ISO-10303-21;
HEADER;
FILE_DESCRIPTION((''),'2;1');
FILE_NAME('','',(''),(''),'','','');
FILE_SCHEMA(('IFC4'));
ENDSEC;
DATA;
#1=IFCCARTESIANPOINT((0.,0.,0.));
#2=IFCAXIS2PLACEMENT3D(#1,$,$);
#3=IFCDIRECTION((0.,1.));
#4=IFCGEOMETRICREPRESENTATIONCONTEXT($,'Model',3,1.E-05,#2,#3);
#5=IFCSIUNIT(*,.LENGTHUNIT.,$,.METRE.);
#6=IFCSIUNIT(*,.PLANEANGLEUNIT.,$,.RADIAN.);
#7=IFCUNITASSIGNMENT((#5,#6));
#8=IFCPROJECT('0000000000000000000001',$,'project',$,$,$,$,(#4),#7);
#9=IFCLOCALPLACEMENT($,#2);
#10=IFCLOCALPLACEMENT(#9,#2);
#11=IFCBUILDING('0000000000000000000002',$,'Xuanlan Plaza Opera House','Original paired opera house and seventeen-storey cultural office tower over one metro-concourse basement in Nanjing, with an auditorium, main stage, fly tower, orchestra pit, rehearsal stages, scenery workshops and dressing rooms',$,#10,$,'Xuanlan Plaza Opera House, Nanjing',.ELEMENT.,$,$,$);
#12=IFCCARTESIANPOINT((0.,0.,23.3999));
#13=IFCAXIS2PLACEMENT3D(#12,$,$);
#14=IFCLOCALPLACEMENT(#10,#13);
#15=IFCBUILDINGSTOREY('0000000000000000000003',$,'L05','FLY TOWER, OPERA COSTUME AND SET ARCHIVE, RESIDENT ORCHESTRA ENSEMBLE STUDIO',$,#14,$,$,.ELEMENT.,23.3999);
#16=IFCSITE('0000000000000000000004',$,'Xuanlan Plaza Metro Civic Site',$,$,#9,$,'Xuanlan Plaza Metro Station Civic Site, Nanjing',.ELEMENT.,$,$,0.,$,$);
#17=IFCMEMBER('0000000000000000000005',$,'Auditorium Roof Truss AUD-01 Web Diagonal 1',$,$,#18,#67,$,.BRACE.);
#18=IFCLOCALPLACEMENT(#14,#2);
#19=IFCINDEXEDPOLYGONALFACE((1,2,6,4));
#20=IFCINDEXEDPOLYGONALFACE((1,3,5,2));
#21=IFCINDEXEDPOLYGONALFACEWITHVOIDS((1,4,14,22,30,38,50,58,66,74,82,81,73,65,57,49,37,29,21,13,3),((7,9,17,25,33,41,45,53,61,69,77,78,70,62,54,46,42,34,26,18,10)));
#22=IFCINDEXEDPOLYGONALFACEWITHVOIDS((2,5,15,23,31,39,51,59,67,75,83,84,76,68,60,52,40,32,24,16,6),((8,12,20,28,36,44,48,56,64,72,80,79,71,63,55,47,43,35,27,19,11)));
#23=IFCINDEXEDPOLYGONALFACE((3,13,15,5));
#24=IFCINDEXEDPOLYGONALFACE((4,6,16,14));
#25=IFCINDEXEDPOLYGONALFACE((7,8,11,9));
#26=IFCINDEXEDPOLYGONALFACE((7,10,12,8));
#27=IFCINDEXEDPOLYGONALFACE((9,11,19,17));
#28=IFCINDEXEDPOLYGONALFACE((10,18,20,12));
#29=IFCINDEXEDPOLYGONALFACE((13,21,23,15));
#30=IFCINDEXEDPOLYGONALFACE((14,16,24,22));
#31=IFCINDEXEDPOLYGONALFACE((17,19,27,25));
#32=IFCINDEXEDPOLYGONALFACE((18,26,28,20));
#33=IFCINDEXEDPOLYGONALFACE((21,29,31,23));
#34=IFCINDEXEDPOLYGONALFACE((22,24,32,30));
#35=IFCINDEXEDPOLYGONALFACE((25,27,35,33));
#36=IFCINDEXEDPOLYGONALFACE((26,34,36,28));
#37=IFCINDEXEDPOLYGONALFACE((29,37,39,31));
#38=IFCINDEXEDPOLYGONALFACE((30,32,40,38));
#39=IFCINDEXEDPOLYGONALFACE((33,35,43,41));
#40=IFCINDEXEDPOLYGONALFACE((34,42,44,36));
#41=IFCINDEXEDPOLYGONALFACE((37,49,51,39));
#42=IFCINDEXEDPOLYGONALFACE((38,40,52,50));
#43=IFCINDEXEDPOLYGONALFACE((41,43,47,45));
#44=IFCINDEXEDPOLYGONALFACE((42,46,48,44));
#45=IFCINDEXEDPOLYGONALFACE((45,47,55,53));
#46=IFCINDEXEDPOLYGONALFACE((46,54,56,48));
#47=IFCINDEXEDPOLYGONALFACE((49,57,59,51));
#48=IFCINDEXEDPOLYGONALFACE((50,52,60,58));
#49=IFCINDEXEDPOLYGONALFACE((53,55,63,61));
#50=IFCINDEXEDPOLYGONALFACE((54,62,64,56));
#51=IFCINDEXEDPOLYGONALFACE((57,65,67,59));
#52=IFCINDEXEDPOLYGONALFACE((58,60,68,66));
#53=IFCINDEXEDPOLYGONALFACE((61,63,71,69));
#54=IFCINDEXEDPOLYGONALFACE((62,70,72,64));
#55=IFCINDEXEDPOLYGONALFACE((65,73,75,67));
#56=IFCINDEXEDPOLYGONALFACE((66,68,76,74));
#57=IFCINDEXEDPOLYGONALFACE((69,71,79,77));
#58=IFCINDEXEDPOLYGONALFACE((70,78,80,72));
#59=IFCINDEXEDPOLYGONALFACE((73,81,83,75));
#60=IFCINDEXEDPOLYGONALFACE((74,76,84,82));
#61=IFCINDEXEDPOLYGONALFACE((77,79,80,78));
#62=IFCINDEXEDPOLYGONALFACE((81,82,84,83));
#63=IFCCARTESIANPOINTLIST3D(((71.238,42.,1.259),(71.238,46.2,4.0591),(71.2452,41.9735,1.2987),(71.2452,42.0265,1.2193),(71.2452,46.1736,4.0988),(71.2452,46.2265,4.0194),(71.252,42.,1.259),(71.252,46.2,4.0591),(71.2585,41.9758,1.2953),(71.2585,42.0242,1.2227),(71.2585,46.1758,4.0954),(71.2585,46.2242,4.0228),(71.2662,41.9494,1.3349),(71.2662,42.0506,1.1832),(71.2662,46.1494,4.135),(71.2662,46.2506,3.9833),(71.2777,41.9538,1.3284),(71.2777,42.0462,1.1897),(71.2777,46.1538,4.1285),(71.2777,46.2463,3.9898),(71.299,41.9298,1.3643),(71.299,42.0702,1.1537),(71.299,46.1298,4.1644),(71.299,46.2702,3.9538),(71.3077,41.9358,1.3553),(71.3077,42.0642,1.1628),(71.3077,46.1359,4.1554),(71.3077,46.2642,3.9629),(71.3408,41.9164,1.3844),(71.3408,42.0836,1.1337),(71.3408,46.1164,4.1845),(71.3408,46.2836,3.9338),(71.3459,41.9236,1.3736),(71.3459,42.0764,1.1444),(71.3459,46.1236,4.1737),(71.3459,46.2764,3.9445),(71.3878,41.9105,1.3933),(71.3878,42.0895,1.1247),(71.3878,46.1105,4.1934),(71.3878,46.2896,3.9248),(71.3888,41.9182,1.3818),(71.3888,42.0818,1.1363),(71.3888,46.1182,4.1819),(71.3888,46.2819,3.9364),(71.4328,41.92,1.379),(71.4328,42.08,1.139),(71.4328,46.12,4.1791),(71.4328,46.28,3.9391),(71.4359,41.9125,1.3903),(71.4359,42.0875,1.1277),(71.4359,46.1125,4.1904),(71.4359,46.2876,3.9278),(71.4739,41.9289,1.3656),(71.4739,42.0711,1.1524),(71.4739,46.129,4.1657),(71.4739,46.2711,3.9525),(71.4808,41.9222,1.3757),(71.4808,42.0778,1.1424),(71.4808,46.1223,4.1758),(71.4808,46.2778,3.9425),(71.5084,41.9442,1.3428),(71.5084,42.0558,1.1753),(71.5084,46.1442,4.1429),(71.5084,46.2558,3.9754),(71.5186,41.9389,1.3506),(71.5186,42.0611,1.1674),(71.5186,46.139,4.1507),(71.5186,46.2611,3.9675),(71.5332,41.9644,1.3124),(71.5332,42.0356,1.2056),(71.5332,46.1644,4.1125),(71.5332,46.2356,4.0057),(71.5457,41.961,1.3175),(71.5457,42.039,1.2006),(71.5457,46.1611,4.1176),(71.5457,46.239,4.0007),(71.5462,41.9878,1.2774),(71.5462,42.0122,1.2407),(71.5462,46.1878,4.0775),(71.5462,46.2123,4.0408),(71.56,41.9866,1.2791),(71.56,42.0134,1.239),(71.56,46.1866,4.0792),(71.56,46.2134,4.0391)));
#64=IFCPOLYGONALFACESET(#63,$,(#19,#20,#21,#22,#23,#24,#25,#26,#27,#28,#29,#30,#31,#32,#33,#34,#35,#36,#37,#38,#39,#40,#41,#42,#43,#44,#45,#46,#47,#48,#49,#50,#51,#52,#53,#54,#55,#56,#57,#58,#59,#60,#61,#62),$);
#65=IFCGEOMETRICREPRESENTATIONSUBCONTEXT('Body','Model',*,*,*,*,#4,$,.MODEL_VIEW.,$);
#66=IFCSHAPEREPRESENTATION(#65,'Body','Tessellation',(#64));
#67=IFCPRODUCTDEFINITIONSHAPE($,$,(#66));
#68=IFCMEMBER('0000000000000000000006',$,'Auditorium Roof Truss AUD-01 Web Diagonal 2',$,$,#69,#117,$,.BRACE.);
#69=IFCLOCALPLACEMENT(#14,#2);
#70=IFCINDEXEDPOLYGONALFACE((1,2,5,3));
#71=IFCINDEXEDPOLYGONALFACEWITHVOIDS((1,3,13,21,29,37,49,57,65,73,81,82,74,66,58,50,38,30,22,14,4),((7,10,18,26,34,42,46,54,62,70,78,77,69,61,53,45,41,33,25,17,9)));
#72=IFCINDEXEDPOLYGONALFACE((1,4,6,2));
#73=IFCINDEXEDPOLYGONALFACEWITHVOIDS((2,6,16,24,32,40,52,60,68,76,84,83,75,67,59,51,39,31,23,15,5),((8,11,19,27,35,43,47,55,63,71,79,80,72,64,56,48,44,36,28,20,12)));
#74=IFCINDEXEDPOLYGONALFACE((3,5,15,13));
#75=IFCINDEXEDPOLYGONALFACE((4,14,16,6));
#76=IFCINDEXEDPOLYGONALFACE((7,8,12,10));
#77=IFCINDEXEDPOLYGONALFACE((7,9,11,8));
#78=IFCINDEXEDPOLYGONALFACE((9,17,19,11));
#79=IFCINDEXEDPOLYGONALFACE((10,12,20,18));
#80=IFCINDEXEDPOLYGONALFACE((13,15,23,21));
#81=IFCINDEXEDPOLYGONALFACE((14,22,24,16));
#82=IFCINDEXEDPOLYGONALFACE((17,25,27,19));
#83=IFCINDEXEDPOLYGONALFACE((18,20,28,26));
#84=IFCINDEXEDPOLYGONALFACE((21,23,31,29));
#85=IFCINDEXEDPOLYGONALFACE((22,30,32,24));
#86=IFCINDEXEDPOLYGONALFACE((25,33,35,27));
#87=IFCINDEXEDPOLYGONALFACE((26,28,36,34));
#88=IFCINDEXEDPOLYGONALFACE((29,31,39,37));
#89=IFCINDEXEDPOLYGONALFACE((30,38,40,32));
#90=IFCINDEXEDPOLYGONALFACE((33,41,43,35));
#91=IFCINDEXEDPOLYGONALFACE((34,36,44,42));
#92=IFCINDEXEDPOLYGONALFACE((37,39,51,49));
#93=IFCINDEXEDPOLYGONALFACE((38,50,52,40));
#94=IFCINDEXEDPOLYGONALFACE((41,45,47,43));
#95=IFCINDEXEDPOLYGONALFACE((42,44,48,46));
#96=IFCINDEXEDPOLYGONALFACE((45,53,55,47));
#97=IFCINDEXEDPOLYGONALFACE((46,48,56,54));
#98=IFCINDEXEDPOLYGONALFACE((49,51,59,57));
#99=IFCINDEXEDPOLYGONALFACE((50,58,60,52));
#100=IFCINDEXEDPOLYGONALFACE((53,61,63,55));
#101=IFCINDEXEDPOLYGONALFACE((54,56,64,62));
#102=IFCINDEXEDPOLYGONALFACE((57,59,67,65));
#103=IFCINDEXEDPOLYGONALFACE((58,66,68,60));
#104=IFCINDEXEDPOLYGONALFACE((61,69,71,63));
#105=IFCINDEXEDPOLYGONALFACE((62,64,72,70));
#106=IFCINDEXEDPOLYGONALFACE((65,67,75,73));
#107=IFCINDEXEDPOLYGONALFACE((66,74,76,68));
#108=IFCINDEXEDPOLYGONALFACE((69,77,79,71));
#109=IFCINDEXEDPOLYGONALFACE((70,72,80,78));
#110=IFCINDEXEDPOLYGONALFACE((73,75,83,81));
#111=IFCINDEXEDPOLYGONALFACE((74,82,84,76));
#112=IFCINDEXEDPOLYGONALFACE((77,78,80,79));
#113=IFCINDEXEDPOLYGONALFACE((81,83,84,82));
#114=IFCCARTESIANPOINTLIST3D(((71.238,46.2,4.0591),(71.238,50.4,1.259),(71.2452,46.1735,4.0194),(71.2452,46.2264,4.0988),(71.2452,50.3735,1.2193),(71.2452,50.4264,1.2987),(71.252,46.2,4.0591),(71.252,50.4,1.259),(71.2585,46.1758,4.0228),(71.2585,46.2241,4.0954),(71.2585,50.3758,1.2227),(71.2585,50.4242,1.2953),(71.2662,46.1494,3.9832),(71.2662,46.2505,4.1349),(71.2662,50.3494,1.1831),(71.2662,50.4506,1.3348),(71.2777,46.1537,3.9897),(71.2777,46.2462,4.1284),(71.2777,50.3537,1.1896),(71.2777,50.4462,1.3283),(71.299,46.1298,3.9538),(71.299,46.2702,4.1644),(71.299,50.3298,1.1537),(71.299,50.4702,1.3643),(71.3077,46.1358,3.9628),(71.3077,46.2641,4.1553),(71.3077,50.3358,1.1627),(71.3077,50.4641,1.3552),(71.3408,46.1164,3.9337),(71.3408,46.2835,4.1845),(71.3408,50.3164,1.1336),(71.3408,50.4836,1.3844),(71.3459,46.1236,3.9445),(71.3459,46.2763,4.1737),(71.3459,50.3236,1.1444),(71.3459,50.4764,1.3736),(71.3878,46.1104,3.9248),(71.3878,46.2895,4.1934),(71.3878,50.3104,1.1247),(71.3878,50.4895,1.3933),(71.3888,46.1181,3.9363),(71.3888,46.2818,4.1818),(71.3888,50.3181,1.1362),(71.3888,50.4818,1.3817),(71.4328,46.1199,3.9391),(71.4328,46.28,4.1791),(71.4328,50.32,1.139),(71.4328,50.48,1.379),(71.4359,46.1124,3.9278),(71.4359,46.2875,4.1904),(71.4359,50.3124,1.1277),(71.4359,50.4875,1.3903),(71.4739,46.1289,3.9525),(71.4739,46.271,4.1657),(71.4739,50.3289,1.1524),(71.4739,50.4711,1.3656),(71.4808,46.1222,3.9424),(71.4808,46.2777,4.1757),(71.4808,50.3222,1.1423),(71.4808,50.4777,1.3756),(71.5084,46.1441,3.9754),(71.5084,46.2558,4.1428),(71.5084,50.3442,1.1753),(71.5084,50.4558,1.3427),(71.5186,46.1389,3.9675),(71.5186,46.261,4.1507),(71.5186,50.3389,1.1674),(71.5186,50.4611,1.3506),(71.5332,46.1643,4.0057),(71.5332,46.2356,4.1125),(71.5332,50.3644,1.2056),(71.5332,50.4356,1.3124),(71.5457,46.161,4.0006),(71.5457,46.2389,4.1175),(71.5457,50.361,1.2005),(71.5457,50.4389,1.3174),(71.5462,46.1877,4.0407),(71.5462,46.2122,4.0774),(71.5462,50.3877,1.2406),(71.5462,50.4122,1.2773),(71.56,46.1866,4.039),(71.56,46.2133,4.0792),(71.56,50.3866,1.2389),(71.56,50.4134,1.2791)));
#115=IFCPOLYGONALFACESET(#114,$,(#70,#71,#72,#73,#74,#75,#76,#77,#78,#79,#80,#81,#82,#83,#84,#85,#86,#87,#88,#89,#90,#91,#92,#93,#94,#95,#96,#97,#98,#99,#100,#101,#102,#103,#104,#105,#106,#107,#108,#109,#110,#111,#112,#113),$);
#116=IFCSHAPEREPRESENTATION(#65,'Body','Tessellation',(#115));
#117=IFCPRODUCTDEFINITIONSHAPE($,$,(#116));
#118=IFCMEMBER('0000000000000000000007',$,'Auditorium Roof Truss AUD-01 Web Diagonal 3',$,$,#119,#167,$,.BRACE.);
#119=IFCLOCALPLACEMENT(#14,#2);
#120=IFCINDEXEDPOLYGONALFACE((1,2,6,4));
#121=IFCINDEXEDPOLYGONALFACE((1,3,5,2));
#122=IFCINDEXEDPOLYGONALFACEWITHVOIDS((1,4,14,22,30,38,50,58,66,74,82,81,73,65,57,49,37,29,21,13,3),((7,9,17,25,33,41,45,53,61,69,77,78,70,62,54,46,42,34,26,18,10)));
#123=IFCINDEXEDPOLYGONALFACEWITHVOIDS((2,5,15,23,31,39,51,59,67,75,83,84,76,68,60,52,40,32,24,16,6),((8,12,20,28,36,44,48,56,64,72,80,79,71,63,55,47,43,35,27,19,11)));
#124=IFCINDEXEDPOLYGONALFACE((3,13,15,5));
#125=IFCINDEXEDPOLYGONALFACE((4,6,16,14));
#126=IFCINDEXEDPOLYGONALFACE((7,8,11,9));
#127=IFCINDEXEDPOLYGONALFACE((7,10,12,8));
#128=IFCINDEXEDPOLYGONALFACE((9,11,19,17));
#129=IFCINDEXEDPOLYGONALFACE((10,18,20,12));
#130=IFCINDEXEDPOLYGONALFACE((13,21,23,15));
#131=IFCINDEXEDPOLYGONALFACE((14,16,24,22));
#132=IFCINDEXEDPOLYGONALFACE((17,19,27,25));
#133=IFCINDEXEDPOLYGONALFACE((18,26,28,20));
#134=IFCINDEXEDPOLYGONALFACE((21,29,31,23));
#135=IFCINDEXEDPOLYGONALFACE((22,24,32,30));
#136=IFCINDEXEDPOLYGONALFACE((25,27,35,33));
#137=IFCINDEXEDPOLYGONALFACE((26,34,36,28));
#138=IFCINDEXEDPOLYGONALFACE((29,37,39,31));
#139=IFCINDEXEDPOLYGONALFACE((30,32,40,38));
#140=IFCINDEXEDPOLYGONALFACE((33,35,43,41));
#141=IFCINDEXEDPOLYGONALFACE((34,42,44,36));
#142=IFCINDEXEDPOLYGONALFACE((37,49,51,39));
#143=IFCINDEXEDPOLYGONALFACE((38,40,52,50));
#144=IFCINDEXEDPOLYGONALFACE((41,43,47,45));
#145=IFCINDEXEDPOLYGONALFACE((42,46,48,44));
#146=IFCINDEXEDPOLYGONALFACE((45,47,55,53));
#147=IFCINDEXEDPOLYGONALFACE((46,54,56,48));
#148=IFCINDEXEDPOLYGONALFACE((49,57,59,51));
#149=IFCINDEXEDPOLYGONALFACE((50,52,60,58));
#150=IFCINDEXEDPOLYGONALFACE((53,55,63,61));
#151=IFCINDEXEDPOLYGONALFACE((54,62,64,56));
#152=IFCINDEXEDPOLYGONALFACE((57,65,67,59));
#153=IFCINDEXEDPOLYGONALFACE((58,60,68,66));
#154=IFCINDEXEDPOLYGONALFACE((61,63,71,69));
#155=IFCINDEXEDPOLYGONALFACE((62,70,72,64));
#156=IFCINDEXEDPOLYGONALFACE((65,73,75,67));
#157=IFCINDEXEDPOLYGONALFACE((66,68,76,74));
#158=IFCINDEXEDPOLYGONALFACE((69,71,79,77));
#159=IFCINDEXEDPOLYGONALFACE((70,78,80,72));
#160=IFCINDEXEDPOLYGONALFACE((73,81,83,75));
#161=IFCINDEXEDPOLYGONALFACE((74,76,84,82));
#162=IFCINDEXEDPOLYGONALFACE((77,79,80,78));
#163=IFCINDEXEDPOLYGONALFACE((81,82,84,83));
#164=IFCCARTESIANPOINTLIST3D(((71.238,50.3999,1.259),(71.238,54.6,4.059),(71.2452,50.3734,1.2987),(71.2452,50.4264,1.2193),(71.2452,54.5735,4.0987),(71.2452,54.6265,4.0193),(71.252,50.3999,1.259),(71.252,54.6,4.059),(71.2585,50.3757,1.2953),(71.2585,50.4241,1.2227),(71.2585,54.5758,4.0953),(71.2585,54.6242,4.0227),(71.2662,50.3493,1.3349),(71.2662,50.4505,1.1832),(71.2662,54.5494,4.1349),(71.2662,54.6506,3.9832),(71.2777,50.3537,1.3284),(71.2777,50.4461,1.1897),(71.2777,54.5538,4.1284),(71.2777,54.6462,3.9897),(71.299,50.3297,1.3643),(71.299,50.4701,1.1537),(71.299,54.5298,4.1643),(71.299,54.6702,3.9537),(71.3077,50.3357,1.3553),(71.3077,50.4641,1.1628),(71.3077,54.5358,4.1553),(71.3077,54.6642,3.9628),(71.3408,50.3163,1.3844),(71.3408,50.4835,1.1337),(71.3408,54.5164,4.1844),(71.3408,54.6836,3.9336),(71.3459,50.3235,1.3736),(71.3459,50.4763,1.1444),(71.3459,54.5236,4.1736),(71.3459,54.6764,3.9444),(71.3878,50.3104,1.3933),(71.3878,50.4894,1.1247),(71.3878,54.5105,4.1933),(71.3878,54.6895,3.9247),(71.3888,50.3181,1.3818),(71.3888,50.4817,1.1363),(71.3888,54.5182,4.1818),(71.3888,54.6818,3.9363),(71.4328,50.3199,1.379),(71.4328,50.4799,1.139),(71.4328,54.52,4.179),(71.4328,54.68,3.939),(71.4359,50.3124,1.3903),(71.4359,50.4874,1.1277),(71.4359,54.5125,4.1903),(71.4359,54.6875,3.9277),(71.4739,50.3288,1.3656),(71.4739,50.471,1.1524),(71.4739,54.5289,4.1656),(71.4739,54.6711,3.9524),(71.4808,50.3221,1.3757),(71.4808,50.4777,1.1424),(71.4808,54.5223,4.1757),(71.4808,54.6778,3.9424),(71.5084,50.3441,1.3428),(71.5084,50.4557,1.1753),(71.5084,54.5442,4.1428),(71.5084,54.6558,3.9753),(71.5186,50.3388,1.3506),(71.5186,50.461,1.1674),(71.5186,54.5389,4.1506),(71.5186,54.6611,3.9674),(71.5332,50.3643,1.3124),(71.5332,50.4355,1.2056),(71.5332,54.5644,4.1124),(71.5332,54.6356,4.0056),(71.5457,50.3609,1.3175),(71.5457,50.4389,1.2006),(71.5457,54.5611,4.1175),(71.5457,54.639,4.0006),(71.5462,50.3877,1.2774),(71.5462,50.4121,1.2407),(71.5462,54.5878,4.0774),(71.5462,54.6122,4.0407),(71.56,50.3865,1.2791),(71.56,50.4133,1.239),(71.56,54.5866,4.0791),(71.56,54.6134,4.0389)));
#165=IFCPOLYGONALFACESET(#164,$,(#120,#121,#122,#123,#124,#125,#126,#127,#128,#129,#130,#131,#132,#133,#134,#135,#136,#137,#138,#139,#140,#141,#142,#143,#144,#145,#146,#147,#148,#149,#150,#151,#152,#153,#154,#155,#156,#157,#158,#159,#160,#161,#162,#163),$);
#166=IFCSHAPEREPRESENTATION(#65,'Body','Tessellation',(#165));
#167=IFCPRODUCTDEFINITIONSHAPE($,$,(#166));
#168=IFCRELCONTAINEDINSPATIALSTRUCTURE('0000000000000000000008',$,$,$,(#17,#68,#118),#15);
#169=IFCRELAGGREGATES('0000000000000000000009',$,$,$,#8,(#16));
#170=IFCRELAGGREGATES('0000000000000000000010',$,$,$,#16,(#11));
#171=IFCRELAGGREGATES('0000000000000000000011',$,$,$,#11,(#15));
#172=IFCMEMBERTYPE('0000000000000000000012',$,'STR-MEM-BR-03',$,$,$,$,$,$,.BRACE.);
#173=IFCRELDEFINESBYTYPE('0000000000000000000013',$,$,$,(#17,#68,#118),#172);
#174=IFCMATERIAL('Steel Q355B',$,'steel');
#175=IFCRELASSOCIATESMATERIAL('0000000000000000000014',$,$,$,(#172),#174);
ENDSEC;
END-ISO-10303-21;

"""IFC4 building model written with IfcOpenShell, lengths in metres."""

from ifc_helpers import new_model, si_unit, direction, frame, origin, origin_2d, place, context, subcontext, project, spatial, hollow_circle, extrude, material, material_profile, profile_set, type_object, element, save


model = new_model("IFC4")

# Units and contexts
model_context = context("Model", 3, precision=1e-05, world=origin(), true_north=direction((0.0, 1.0)))
body_context = subcontext(model_context, "Body", "Model", "MODEL_VIEW")
ifc_project = project(units=[si_unit("LENGTHUNIT", "METRE"), si_unit("PLANEANGLEUNIT", "RADIAN")], contexts=[model_context])

# Site, building, storey
site_placement = place(None, origin())
site = spatial("IfcSite", under=ifc_project, at=site_placement, Name="Xuanlan Plaza Metro Civic Site", LongName="Xuanlan Plaza Metro Station Civic Site, Nanjing", CompositionType="ELEMENT", RefElevation=0.0)
building_placement = place(site_placement, origin())
building = spatial("IfcBuilding", under=site, at=building_placement, Name="Xuanlan Plaza Opera House", Description="Original paired opera house and seventeen-storey cultural office tower over one metro-concourse basement in Nanjing, with an auditorium, main stage, fly tower, orchestra pit, rehearsal stages, scenery workshops and dressing rooms", LongName="Xuanlan Plaza Opera House, Nanjing", CompositionType="ELEMENT")
storey_placement = place(building_placement, frame((0.0, 0.0, 23.3999)))
storey = spatial("IfcBuildingStorey", under=building, at=storey_placement, Name="L05", Description="FLY TOWER, OPERA COSTUME AND SET ARCHIVE, RESIDENT ORCHESTRA ENSEMBLE STUDIO", CompositionType="ELEMENT", Elevation=23.3999)

# Members
ifc_material_1 = material(Name="Steel Q355B", Category="steel")
ifc_material_profile_1 = material_profile(ifc_material_1, hollow_circle(Radius=0.1619, WallThickness=0.0139, at=origin_2d()), Name="CHS 323.9x14")
ifc_profile_set_1 = profile_set([ifc_material_profile_1], Name="Steel Q355B")
member_type_1 = type_object("IfcMemberType", Name="STR-MEM-BR-03", PredefinedType="BRACE", material=ifc_profile_set_1)
for number, where, z_axis, x_axis, name in (
    (1, (71.3999, 42.0, 1.259), (0.0, 0.832043, 0.554711), (-1.0, 0.0, 0.0), "Auditorium Roof Truss AUD-01 Web Diagonal 1"),
    (2, (71.3999, 46.2, 4.0591), (0.0, 0.832043, -0.554711), (-1.0, 0.0, 0.0), "Auditorium Roof Truss AUD-01 Web Diagonal 2"),
    (3, (71.3999, 50.3999, 1.259), (0.0, 0.832058, 0.554689), (-1.0, 0.0, 0.0), "Auditorium Roof Truss AUD-01 Web Diagonal 3"),
):
    element("IfcMember", number, at=place(storey_placement, frame(where, z_axis=z_axis, x_axis=x_axis)), inside=storey, type_object=member_type_1, Name=name, PredefinedType="BRACE", context=body_context, shape_type="SweptSolid", body=[
        extrude(hollow_circle(Radius=0.1619, WallThickness=0.0139, at=origin_2d()), origin(), (0.0, 0.0, 1.0), 5.0479),
    ])

save(model, "model.ifc")
